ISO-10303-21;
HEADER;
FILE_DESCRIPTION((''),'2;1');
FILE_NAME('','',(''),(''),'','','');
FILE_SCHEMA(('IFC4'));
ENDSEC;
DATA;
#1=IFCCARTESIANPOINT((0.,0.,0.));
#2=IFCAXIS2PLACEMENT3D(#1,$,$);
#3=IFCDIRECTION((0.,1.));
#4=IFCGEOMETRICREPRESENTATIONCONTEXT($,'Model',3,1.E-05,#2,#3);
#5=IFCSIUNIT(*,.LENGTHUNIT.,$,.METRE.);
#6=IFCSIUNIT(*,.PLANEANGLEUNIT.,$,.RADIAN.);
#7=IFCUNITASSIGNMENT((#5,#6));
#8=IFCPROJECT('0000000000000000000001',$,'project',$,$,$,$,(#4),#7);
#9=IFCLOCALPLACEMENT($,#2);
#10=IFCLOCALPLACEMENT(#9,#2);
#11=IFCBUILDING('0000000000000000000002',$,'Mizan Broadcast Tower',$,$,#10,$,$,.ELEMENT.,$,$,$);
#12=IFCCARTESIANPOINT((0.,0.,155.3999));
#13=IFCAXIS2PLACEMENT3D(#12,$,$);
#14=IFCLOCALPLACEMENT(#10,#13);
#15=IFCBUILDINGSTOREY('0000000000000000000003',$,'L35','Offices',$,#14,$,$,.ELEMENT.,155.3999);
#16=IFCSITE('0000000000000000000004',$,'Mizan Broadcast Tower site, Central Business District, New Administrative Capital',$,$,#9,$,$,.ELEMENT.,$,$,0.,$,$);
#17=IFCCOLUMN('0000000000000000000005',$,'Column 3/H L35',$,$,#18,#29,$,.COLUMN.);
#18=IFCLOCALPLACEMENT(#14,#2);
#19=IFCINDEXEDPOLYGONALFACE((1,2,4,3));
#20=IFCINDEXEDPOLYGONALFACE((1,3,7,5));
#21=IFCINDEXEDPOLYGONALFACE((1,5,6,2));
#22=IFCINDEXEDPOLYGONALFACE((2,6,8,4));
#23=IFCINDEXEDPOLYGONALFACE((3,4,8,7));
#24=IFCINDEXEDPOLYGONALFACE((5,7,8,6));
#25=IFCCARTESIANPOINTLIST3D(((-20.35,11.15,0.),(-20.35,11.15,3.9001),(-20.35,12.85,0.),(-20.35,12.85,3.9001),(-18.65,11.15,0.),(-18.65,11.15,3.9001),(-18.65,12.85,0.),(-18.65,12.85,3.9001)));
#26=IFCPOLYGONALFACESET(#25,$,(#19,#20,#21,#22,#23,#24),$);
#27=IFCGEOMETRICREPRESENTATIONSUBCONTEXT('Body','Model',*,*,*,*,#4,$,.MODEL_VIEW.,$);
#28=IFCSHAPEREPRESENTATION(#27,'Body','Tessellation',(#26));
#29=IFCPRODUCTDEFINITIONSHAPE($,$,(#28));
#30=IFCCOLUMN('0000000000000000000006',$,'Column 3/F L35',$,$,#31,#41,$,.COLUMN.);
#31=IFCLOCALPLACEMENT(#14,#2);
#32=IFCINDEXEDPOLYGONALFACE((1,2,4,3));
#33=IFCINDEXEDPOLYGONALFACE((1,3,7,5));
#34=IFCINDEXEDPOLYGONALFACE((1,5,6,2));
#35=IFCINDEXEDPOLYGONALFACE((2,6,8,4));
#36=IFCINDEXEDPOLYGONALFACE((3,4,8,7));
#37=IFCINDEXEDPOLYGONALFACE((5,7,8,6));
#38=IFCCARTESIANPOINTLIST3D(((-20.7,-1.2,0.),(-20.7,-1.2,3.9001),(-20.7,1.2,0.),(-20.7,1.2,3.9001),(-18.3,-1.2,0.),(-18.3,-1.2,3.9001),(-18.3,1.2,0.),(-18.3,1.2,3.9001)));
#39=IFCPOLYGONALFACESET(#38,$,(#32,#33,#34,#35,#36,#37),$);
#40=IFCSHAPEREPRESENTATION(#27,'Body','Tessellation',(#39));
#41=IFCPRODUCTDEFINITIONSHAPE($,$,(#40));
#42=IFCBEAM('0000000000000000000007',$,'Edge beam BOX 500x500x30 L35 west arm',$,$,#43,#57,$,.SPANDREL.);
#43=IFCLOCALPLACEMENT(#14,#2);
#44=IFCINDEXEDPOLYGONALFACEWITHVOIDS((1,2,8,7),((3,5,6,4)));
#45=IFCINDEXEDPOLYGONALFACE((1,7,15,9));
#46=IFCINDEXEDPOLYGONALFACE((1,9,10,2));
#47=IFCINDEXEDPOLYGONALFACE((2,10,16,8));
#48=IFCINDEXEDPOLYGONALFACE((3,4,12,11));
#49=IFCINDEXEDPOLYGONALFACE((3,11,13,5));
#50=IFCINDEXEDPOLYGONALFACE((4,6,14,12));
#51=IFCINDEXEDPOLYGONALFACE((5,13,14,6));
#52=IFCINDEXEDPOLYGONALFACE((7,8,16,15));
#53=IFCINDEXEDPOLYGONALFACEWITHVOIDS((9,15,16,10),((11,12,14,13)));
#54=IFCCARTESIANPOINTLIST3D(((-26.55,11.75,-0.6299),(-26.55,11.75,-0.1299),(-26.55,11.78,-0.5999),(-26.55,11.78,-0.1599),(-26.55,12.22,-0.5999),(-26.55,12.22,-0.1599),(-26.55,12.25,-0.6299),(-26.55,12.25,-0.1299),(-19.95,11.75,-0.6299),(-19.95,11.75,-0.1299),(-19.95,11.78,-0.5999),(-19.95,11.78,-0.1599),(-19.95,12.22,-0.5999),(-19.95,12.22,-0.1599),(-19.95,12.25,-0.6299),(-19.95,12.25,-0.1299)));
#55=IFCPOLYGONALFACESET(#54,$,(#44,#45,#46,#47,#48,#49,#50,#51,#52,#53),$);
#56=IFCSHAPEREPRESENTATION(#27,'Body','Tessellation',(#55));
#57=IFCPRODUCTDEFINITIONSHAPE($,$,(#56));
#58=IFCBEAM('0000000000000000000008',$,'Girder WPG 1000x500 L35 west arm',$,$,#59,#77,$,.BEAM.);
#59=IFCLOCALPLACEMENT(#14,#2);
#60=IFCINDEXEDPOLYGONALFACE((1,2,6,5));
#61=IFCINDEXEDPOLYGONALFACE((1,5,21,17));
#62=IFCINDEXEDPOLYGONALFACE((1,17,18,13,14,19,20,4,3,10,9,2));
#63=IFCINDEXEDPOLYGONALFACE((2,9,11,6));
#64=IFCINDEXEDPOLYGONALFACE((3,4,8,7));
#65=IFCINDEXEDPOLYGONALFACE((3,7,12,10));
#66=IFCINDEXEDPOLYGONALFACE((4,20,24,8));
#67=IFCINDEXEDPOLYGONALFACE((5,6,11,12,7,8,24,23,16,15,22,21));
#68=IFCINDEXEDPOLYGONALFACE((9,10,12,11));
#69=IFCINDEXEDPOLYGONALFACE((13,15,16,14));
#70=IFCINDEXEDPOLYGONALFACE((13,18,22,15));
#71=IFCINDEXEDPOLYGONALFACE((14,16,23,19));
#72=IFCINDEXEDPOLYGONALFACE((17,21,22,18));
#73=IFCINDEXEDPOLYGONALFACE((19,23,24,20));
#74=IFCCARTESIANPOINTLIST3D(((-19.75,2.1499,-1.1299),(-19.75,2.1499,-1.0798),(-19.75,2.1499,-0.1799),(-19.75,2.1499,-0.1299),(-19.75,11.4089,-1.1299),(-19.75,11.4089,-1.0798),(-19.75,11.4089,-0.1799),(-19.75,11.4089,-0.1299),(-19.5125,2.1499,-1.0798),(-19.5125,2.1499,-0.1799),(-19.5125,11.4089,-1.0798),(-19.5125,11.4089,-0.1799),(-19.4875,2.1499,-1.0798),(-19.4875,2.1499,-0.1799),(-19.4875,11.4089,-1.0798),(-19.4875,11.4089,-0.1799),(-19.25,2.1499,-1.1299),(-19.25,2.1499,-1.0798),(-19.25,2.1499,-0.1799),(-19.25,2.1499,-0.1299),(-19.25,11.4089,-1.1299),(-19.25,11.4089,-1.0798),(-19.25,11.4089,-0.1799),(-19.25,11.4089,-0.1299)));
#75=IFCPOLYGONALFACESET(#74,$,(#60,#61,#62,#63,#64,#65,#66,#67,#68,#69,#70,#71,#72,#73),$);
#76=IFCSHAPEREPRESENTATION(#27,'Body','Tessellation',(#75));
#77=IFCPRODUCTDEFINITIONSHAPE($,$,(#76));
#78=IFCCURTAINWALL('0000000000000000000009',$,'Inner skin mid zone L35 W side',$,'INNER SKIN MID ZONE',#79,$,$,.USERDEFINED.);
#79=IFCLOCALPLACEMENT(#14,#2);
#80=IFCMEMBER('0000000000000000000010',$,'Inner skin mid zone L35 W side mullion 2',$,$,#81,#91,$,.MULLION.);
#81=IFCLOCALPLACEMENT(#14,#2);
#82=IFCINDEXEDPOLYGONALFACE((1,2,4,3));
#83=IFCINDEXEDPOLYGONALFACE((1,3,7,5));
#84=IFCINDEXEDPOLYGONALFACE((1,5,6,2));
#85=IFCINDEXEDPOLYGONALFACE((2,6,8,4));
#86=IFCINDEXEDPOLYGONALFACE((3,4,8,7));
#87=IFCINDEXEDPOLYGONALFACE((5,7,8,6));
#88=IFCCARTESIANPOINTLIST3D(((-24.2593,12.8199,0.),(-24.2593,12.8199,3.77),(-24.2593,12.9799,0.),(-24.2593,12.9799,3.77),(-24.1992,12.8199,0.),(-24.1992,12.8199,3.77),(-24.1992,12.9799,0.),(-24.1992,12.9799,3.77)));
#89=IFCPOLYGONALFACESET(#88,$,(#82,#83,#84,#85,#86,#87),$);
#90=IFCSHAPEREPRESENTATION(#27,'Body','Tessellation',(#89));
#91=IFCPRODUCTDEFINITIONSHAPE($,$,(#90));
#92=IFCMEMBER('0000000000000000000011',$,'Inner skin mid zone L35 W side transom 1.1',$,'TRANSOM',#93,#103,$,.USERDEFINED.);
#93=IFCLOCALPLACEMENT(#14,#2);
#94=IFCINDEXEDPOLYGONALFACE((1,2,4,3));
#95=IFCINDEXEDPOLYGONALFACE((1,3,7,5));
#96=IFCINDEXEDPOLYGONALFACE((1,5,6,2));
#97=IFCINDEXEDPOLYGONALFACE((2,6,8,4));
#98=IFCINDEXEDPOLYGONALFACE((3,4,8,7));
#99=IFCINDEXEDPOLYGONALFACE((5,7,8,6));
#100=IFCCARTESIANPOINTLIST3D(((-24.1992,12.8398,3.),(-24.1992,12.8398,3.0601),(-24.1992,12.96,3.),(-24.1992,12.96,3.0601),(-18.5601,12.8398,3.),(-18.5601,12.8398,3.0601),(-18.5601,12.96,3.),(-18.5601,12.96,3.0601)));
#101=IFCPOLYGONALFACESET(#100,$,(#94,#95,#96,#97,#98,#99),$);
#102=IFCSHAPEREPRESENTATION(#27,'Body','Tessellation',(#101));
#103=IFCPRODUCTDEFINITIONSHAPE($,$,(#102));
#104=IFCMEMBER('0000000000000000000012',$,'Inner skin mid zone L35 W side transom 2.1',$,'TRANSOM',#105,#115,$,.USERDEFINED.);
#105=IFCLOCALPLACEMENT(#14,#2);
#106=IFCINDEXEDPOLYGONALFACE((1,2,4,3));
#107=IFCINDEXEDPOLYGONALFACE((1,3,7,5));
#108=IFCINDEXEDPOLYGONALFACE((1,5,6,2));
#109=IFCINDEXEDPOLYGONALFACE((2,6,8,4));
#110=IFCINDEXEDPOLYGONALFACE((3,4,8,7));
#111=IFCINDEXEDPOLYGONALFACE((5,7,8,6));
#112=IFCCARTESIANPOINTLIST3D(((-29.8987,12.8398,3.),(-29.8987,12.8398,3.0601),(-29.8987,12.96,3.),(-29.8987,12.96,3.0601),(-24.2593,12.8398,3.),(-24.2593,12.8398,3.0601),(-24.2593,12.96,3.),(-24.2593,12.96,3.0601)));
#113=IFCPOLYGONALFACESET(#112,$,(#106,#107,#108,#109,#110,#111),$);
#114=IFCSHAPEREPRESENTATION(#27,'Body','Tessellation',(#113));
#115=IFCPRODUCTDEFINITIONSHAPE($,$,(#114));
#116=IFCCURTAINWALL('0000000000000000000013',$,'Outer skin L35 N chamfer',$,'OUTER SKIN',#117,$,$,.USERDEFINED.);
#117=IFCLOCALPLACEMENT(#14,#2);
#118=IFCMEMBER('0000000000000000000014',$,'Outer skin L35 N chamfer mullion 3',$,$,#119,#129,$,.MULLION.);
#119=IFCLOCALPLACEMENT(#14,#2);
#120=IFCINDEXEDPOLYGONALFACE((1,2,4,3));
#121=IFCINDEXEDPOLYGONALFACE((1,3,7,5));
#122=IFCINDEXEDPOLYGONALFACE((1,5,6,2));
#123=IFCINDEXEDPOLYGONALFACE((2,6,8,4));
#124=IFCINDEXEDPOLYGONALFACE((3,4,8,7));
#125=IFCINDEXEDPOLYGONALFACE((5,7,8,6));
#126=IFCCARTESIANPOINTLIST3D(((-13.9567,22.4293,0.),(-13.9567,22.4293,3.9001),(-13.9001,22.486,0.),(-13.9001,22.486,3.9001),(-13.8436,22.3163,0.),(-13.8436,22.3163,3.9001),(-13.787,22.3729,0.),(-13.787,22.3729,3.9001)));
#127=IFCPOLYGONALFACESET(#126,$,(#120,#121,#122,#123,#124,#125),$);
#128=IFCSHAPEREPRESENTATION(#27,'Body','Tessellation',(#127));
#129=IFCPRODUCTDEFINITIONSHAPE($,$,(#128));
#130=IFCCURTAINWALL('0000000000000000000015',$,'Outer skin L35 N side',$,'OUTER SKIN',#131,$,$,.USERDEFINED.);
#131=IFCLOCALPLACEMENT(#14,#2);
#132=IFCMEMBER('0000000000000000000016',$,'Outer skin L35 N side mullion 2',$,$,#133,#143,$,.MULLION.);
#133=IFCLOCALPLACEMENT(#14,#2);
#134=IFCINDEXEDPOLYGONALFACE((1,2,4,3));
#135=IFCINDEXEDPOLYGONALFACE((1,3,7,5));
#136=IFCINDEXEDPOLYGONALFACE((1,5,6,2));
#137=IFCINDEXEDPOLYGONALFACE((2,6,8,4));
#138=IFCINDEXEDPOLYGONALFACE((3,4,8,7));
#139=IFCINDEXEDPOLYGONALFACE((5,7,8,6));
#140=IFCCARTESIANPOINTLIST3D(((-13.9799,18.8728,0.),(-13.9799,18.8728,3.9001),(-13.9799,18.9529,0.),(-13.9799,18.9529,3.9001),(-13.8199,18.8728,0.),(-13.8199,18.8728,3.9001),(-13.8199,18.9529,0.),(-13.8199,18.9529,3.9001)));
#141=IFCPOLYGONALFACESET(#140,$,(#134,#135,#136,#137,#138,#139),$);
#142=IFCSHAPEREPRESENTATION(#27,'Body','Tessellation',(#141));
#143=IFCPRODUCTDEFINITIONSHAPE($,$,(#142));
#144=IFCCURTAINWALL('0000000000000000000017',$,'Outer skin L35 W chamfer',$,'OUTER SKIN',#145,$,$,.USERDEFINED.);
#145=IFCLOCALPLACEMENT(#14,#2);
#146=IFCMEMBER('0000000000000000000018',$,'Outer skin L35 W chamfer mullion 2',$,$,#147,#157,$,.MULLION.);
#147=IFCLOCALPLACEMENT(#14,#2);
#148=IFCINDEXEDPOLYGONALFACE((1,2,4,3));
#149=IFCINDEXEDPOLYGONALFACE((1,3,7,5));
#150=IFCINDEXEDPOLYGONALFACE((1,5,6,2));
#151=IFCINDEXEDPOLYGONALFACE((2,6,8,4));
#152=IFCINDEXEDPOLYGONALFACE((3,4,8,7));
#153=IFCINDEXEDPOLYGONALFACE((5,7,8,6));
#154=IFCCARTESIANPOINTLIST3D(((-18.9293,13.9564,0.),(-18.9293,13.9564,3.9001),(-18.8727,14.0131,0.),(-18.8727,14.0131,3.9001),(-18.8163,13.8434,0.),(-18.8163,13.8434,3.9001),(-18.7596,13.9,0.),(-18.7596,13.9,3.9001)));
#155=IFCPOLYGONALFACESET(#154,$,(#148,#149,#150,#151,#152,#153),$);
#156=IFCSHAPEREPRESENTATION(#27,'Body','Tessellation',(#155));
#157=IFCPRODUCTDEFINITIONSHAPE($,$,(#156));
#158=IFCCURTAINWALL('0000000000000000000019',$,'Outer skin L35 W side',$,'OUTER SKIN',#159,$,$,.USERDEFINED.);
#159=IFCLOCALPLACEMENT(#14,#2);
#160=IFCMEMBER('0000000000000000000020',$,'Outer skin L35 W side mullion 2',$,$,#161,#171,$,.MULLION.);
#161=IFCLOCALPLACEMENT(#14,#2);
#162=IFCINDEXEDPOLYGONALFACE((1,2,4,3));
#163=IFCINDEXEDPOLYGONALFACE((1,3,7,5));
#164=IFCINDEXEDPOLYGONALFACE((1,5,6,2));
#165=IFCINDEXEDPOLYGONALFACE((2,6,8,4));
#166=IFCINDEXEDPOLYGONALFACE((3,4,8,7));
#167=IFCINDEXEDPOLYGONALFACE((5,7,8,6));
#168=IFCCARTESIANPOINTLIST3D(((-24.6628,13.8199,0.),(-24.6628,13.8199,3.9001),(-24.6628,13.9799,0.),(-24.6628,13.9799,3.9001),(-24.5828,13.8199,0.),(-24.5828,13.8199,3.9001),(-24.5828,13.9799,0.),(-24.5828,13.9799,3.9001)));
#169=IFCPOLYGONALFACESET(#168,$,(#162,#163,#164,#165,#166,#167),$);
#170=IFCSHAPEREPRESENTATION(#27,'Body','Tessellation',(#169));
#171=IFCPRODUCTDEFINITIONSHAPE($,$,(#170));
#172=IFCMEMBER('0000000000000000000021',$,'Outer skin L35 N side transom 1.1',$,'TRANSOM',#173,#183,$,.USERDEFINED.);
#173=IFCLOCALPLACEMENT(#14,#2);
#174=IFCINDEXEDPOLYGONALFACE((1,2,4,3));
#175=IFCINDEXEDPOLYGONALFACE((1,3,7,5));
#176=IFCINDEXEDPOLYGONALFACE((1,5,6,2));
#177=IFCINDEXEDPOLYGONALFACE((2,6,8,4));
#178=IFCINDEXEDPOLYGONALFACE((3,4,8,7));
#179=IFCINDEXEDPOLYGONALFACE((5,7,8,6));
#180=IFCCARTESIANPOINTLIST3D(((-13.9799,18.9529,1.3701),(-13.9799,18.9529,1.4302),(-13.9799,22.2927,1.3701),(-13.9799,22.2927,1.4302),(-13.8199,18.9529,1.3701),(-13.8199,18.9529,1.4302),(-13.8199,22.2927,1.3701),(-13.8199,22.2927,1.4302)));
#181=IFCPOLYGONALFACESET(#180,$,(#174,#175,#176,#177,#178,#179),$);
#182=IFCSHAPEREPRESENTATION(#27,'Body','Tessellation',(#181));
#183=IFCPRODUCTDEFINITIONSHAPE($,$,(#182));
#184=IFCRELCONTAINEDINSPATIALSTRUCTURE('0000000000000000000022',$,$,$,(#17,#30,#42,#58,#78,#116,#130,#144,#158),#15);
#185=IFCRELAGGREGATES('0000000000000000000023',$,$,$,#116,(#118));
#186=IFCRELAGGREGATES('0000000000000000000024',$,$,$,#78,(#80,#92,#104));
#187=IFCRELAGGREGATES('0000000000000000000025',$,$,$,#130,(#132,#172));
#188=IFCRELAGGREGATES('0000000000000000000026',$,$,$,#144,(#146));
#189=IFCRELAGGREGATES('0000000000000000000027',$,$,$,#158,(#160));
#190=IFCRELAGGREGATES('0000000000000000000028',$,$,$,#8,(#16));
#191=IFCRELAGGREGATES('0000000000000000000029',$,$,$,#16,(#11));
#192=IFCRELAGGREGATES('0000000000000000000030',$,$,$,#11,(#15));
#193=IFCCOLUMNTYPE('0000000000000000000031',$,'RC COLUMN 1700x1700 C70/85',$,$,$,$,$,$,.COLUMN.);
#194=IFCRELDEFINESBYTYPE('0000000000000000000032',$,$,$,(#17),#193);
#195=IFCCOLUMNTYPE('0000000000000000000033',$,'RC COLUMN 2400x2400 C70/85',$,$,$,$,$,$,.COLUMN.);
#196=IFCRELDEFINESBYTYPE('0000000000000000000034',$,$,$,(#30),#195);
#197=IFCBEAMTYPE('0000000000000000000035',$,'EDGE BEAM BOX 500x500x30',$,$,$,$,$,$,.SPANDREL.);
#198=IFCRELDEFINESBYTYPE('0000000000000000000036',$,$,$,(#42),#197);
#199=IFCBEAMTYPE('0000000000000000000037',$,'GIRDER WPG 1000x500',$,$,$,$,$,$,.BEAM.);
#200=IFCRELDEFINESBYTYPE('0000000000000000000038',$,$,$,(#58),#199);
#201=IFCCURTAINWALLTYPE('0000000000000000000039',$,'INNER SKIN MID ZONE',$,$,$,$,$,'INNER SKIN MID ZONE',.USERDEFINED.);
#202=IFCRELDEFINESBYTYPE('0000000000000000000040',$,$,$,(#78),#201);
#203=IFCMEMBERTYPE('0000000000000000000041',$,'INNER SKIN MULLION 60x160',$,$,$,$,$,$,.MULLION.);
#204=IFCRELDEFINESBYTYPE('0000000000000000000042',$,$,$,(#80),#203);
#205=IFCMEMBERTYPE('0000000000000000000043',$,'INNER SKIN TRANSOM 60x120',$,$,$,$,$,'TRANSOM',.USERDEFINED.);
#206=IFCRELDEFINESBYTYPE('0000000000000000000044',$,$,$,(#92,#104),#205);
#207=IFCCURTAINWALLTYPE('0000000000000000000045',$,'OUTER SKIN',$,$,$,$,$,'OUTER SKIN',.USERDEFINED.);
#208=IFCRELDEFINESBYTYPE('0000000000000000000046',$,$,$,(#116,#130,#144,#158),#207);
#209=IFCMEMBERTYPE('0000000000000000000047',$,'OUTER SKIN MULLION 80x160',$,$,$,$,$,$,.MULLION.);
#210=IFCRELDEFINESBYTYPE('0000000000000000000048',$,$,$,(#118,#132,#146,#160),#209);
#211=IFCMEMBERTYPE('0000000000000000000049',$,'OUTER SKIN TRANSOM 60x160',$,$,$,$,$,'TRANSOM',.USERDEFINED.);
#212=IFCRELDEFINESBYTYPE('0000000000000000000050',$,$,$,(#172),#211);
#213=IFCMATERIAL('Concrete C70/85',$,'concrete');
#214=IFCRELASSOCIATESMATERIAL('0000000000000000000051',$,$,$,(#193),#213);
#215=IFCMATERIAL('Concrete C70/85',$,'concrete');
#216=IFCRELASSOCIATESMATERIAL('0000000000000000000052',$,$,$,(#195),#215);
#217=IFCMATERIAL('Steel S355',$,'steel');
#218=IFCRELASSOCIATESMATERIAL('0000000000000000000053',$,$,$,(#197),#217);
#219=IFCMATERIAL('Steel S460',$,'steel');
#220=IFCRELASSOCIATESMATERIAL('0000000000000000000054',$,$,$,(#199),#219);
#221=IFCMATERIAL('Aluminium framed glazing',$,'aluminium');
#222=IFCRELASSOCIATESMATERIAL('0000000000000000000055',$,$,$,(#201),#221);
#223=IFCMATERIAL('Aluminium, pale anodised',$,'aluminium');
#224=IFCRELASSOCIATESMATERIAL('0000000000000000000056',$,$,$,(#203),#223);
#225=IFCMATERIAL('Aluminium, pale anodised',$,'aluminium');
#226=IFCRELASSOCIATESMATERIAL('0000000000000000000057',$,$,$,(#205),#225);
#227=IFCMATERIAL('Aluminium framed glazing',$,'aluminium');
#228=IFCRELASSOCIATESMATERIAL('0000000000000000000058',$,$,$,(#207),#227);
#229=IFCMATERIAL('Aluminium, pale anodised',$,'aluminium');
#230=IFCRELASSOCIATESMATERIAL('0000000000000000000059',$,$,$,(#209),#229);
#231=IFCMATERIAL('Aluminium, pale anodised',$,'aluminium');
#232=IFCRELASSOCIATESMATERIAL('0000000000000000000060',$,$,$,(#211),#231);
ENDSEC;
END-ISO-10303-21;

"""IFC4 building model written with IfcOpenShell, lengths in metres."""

from ifc_helpers import new_model, si_unit, direction, frame, origin, origin_2d, place, context, subcontext, project, spatial, rectangle, hollow_rectangle, i_section, extrude, material, material_profile, profile_set, type_object, element, aggregate, save


model = new_model("IFC4")

# Units and contexts
model_context = context("Model", 3, precision=1e-05, world=origin(), true_north=direction((0.0, 1.0)))
body_context = subcontext(model_context, "Body", "Model", "MODEL_VIEW")
ifc_project = project(units=[si_unit("LENGTHUNIT", "METRE"), si_unit("PLANEANGLEUNIT", "RADIAN")], contexts=[model_context])

# Site, building, storey
site_placement = place(None, origin())
site = spatial("IfcSite", under=ifc_project, at=site_placement, Name="Mizan Broadcast Tower site, Central Business District, New Administrative Capital", CompositionType="ELEMENT", RefElevation=0.0)
building_placement = place(site_placement, origin())
building = spatial("IfcBuilding", under=site, at=building_placement, Name="Mizan Broadcast Tower", CompositionType="ELEMENT")
storey_placement = place(building_placement, frame((0.0, 0.0, 155.3999)))
storey = spatial("IfcBuildingStorey", under=building, at=storey_placement, Name="L35", Description="Offices", CompositionType="ELEMENT", Elevation=155.3999)

# Columns
ifc_material_1 = material(Name="Concrete C70/85", Category="concrete")
ifc_material_profile_1 = material_profile(ifc_material_1, rectangle(XDim=1.7, YDim=1.7, at=origin_2d()), Name="RC 1700x1700")
ifc_profile_set_1 = profile_set([ifc_material_profile_1], Name="Concrete C70/85")
column_type_1 = type_object("IfcColumnType", Name="RC COLUMN 1700x1700 C70/85", PredefinedType="COLUMN", material=ifc_profile_set_1)
column_1_placement = place(storey_placement, frame((-19.5, 12.0, 0.0), z_axis=(0.0, 0.0, 1.0), x_axis=(1.0, 0.0, 0.0)))
element("IfcColumn", 1, at=column_1_placement, inside=storey, type_object=column_type_1, Name="Column 3/H L35", PredefinedType="COLUMN", context=body_context, shape_type="SweptSolid", body=[
    extrude(rectangle(XDim=1.7, YDim=1.7, at=origin_2d()), origin(), (0.0, 0.0, 1.0), 3.9001),
])
ifc_material_2 = material(Name="Concrete C70/85", Category="concrete")
ifc_material_profile_2 = material_profile(ifc_material_2, rectangle(XDim=2.3999, YDim=2.3999, at=origin_2d()), Name="RC 2400x2400")
ifc_profile_set_2 = profile_set([ifc_material_profile_2], Name="Concrete C70/85")
column_type_2 = type_object("IfcColumnType", Name="RC COLUMN 2400x2400 C70/85", PredefinedType="COLUMN", material=ifc_profile_set_2)
column_2_placement = place(storey_placement, frame((-19.5, 0.0, 0.0), z_axis=(0.0, 0.0, 1.0), x_axis=(1.0, 0.0, 0.0)))
element("IfcColumn", 2, at=column_2_placement, inside=storey, type_object=column_type_2, Name="Column 3/F L35", PredefinedType="COLUMN", context=body_context, shape_type="SweptSolid", body=[
    extrude(rectangle(XDim=2.3999, YDim=2.3999, at=origin_2d()), origin(), (0.0, 0.0, 1.0), 3.9001),
])

# Beams
ifc_material_3 = material(Name="Steel S355", Category="steel")
ifc_material_profile_3 = material_profile(ifc_material_3, hollow_rectangle(XDim=0.5, YDim=0.5, WallThickness=0.03, at=origin_2d()), Name="BOX 500x500x30")
ifc_profile_set_3 = profile_set([ifc_material_profile_3], Name="Steel S355")
beam_type_1 = type_object("IfcBeamType", Name="EDGE BEAM BOX 500x500x30", PredefinedType="SPANDREL", material=ifc_profile_set_3)
beam_1_placement = place(storey_placement, frame((-19.95, 12.0, -0.3799), z_axis=(-1.0, 0.0, 0.0), x_axis=(0.0, -1.0, 0.0)))
element("IfcBeam", 3, at=beam_1_placement, inside=storey, type_object=beam_type_1, Name="Edge beam BOX 500x500x30 L35 west arm", PredefinedType="SPANDREL", context=body_context, shape_type="SweptSolid", body=[
    extrude(hollow_rectangle(XDim=0.5, YDim=0.5, WallThickness=0.03, at=origin_2d()), origin(), (0.0, 0.0, 1.0), 6.6001),
])
ifc_material_4 = material(Name="Steel S460", Category="steel")
ifc_material_profile_4 = material_profile(ifc_material_4, i_section(OverallWidth=0.5, OverallDepth=1.0, WebThickness=0.0249, FlangeThickness=0.05, at=origin_2d()), Name="WPG 1000x500")
ifc_profile_set_4 = profile_set([ifc_material_profile_4], Name="Steel S460")
beam_type_2 = type_object("IfcBeamType", Name="GIRDER WPG 1000x500", PredefinedType="BEAM", material=ifc_profile_set_4)
beam_2_placement = place(storey_placement, frame((-19.5, 11.4089, -0.6299), z_axis=(0.0, -1.0, 0.0), x_axis=(1.0, 0.0, 0.0)))
element("IfcBeam", 4, at=beam_2_placement, inside=storey, type_object=beam_type_2, Name="Girder WPG 1000x500 L35 west arm", PredefinedType="BEAM", context=body_context, shape_type="SweptSolid", body=[
    extrude(i_section(OverallWidth=0.5, OverallDepth=1.0, WebThickness=0.0249, FlangeThickness=0.05, at=origin_2d()), origin(), (0.0, 0.0, 1.0), 9.259),
])

# Curtain wall, members
ifc_material_5 = material(Name="Aluminium framed glazing", Category="aluminium")
curtain_wall_type_1 = type_object("IfcCurtainWallType", Name="INNER SKIN MID ZONE", ElementType="INNER SKIN MID ZONE", PredefinedType="USERDEFINED", material=ifc_material_5)
curtain_wall_1_placement = place(storey_placement, origin())
curtain_wall_1 = element("IfcCurtainWall", 5, at=curtain_wall_1_placement, inside=storey, type_object=curtain_wall_type_1, Name="Inner skin mid zone L35 W side", ObjectType="INNER SKIN MID ZONE", PredefinedType="USERDEFINED")
ifc_material_6 = material(Name="Aluminium, pale anodised", Category="aluminium")
ifc_material_profile_5 = material_profile(ifc_material_6, rectangle(XDim=0.1599, YDim=0.0601, at=origin_2d()), Name="MULLION 160x60")
ifc_profile_set_5 = profile_set([ifc_material_profile_5], Name="Aluminium, pale anodised")
member_type_1 = type_object("IfcMemberType", Name="INNER SKIN MULLION 60x160", PredefinedType="MULLION", material=ifc_profile_set_5)
member_1_placement = place(storey_placement, frame((-24.2292, 12.8999, 0.0), z_axis=(0.0, 0.0, 1.0), x_axis=(0.0, -1.0, 0.0)))
member_1 = element("IfcMember", 6, at=member_1_placement, type_object=member_type_1, Name="Inner skin mid zone L35 W side mullion 2", PredefinedType="MULLION", context=body_context, shape_type="SweptSolid", body=[
    extrude(rectangle(XDim=0.1599, YDim=0.0601, at=origin_2d()), origin(), (0.0, 0.0, 1.0), 3.77),
])
ifc_material_7 = material(Name="Aluminium, pale anodised", Category="aluminium")
ifc_material_profile_6 = material_profile(ifc_material_7, rectangle(XDim=0.1201, YDim=0.0601, at=origin_2d()), Name="TRANSOM 120x60")
ifc_profile_set_6 = profile_set([ifc_material_profile_6], Name="Aluminium, pale anodised")
member_type_2 = type_object("IfcMemberType", Name="INNER SKIN TRANSOM 60x120", ElementType="TRANSOM", PredefinedType="USERDEFINED", material=ifc_profile_set_6)
member_2_placement = place(storey_placement, frame((-18.5601, 12.8999, 3.03), z_axis=(-1.0, 0.0, 0.0), x_axis=(0.0, -1.0, 0.0)))
member_2 = element("IfcMember", 7, at=member_2_placement, type_object=member_type_2, Name="Inner skin mid zone L35 W side transom 1.1", ObjectType="TRANSOM", PredefinedType="USERDEFINED", context=body_context, shape_type="SweptSolid", body=[
    extrude(rectangle(XDim=0.1201, YDim=0.0601, at=origin_2d()), origin(), (0.0, 0.0, 1.0), 5.6392),
])
member_3_placement = place(storey_placement, frame((-24.2593, 12.8999, 3.03), z_axis=(-1.0, 0.0, 0.0), x_axis=(0.0, -1.0, 0.0)))
member_3 = element("IfcMember", 8, at=member_3_placement, type_object=member_type_2, Name="Inner skin mid zone L35 W side transom 2.1", ObjectType="TRANSOM", PredefinedType="USERDEFINED", context=body_context, shape_type="SweptSolid", body=[
    extrude(rectangle(XDim=0.1201, YDim=0.0601, at=origin_2d()), origin(), (0.0, 0.0, 1.0), 5.6394),
])

# Curtain walls, members
ifc_material_8 = material(Name="Aluminium framed glazing", Category="aluminium")
curtain_wall_type_2 = type_object("IfcCurtainWallType", Name="OUTER SKIN", ElementType="OUTER SKIN", PredefinedType="USERDEFINED", material=ifc_material_8)
curtain_wall_2_placement = place(storey_placement, origin())
curtain_wall_2 = element("IfcCurtainWall", 9, at=curtain_wall_2_placement, inside=storey, type_object=curtain_wall_type_2, Name="Outer skin L35 N chamfer", ObjectType="OUTER SKIN", PredefinedType="USERDEFINED")
ifc_material_9 = material(Name="Aluminium, pale anodised", Category="aluminium")
ifc_material_profile_7 = material_profile(ifc_material_9, rectangle(XDim=0.1599, YDim=0.0801, at=origin_2d()), Name="MULLION 160x80")
ifc_profile_set_7 = profile_set([ifc_material_profile_7], Name="Aluminium, pale anodised")
member_type_3 = type_object("IfcMemberType", Name="OUTER SKIN MULLION 80x160", PredefinedType="MULLION", material=ifc_profile_set_7)
member_4_placement = place(storey_placement, frame((-13.8718, 22.4011, 0.0), z_axis=(0.0, 0.0, 1.0), x_axis=(0.707107, -0.707107, 0.0)))
member_4 = element("IfcMember", 10, at=member_4_placement, type_object=member_type_3, Name="Outer skin L35 N chamfer mullion 3", PredefinedType="MULLION", context=body_context, shape_type="SweptSolid", body=[
    extrude(rectangle(XDim=0.1599, YDim=0.0801, at=origin_2d()), origin(), (0.0, 0.0, 1.0), 3.9001),
])
aggregate(curtain_wall_2, [member_4])
curtain_wall_3_placement = place(storey_placement, origin())
curtain_wall_3 = element("IfcCurtainWall", 11, at=curtain_wall_3_placement, inside=storey, type_object=curtain_wall_type_2, Name="Outer skin L35 N side", ObjectType="OUTER SKIN", PredefinedType="USERDEFINED")
member_5_placement = place(storey_placement, frame((-13.8999, 18.9128, 0.0), z_axis=(0.0, 0.0, 1.0), x_axis=(1.0, 0.0, 0.0)))
member_5 = element("IfcMember", 12, at=member_5_placement, type_object=member_type_3, Name="Outer skin L35 N side mullion 2", PredefinedType="MULLION", context=body_context, shape_type="SweptSolid", body=[
    extrude(rectangle(XDim=0.1599, YDim=0.0801, at=origin_2d()), origin(), (0.0, 0.0, 1.0), 3.9001),
])
curtain_wall_4_placement = place(storey_placement, origin())
curtain_wall_4 = element("IfcCurtainWall", 13, at=curtain_wall_4_placement, inside=storey, type_object=curtain_wall_type_2, Name="Outer skin L35 W chamfer", ObjectType="OUTER SKIN", PredefinedType="USERDEFINED")
member_6_placement = place(storey_placement, frame((-18.8445, 13.9282, 0.0), z_axis=(0.0, 0.0, 1.0), x_axis=(0.707107, -0.707107, 0.0)))
member_6 = element("IfcMember", 14, at=member_6_placement, type_object=member_type_3, Name="Outer skin L35 W chamfer mullion 2", PredefinedType="MULLION", context=body_context, shape_type="SweptSolid", body=[
    extrude(rectangle(XDim=0.1599, YDim=0.0801, at=origin_2d()), origin(), (0.0, 0.0, 1.0), 3.9001),
])
curtain_wall_5_placement = place(storey_placement, origin())
curtain_wall_5 = element("IfcCurtainWall", 15, at=curtain_wall_5_placement, inside=storey, type_object=curtain_wall_type_2, Name="Outer skin L35 W side", ObjectType="OUTER SKIN", PredefinedType="USERDEFINED")
member_7_placement = place(storey_placement, frame((-24.6228, 13.8999, 0.0), z_axis=(0.0, 0.0, 1.0), x_axis=(0.0, -1.0, 0.0)))
member_7 = element("IfcMember", 16, at=member_7_placement, type_object=member_type_3, Name="Outer skin L35 W side mullion 2", PredefinedType="MULLION", context=body_context, shape_type="SweptSolid", body=[
    extrude(rectangle(XDim=0.1599, YDim=0.0801, at=origin_2d()), origin(), (0.0, 0.0, 1.0), 3.9001),
])

# Member
ifc_material_10 = material(Name="Aluminium, pale anodised", Category="aluminium")
ifc_material_profile_8 = material_profile(ifc_material_10, rectangle(XDim=0.1599, YDim=0.0601, at=origin_2d()), Name="TRANSOM 160x60")
ifc_profile_set_8 = profile_set([ifc_material_profile_8], Name="Aluminium, pale anodised")
member_type_4 = type_object("IfcMemberType", Name="OUTER SKIN TRANSOM 60x160", ElementType="TRANSOM", PredefinedType="USERDEFINED", material=ifc_profile_set_8)
member_8_placement = place(storey_placement, frame((-13.8999, 22.2927, 1.4001), z_axis=(0.0, -1.0, 0.0), x_axis=(1.0, 0.0, 0.0)))
member_8 = element("IfcMember", 17, at=member_8_placement, type_object=member_type_4, Name="Outer skin L35 N side transom 1.1", ObjectType="TRANSOM", PredefinedType="USERDEFINED", context=body_context, shape_type="SweptSolid", body=[
    extrude(rectangle(XDim=0.1599, YDim=0.0601, at=origin_2d()), origin(), (0.0, 0.0, 1.0), 3.3398),
])

aggregate(curtain_wall_1, [member_1, member_2, member_3])
aggregate(curtain_wall_3, [member_5, member_8])
aggregate(curtain_wall_4, [member_6])
aggregate(curtain_wall_5, [member_7])

save(model, "model.ifc")
